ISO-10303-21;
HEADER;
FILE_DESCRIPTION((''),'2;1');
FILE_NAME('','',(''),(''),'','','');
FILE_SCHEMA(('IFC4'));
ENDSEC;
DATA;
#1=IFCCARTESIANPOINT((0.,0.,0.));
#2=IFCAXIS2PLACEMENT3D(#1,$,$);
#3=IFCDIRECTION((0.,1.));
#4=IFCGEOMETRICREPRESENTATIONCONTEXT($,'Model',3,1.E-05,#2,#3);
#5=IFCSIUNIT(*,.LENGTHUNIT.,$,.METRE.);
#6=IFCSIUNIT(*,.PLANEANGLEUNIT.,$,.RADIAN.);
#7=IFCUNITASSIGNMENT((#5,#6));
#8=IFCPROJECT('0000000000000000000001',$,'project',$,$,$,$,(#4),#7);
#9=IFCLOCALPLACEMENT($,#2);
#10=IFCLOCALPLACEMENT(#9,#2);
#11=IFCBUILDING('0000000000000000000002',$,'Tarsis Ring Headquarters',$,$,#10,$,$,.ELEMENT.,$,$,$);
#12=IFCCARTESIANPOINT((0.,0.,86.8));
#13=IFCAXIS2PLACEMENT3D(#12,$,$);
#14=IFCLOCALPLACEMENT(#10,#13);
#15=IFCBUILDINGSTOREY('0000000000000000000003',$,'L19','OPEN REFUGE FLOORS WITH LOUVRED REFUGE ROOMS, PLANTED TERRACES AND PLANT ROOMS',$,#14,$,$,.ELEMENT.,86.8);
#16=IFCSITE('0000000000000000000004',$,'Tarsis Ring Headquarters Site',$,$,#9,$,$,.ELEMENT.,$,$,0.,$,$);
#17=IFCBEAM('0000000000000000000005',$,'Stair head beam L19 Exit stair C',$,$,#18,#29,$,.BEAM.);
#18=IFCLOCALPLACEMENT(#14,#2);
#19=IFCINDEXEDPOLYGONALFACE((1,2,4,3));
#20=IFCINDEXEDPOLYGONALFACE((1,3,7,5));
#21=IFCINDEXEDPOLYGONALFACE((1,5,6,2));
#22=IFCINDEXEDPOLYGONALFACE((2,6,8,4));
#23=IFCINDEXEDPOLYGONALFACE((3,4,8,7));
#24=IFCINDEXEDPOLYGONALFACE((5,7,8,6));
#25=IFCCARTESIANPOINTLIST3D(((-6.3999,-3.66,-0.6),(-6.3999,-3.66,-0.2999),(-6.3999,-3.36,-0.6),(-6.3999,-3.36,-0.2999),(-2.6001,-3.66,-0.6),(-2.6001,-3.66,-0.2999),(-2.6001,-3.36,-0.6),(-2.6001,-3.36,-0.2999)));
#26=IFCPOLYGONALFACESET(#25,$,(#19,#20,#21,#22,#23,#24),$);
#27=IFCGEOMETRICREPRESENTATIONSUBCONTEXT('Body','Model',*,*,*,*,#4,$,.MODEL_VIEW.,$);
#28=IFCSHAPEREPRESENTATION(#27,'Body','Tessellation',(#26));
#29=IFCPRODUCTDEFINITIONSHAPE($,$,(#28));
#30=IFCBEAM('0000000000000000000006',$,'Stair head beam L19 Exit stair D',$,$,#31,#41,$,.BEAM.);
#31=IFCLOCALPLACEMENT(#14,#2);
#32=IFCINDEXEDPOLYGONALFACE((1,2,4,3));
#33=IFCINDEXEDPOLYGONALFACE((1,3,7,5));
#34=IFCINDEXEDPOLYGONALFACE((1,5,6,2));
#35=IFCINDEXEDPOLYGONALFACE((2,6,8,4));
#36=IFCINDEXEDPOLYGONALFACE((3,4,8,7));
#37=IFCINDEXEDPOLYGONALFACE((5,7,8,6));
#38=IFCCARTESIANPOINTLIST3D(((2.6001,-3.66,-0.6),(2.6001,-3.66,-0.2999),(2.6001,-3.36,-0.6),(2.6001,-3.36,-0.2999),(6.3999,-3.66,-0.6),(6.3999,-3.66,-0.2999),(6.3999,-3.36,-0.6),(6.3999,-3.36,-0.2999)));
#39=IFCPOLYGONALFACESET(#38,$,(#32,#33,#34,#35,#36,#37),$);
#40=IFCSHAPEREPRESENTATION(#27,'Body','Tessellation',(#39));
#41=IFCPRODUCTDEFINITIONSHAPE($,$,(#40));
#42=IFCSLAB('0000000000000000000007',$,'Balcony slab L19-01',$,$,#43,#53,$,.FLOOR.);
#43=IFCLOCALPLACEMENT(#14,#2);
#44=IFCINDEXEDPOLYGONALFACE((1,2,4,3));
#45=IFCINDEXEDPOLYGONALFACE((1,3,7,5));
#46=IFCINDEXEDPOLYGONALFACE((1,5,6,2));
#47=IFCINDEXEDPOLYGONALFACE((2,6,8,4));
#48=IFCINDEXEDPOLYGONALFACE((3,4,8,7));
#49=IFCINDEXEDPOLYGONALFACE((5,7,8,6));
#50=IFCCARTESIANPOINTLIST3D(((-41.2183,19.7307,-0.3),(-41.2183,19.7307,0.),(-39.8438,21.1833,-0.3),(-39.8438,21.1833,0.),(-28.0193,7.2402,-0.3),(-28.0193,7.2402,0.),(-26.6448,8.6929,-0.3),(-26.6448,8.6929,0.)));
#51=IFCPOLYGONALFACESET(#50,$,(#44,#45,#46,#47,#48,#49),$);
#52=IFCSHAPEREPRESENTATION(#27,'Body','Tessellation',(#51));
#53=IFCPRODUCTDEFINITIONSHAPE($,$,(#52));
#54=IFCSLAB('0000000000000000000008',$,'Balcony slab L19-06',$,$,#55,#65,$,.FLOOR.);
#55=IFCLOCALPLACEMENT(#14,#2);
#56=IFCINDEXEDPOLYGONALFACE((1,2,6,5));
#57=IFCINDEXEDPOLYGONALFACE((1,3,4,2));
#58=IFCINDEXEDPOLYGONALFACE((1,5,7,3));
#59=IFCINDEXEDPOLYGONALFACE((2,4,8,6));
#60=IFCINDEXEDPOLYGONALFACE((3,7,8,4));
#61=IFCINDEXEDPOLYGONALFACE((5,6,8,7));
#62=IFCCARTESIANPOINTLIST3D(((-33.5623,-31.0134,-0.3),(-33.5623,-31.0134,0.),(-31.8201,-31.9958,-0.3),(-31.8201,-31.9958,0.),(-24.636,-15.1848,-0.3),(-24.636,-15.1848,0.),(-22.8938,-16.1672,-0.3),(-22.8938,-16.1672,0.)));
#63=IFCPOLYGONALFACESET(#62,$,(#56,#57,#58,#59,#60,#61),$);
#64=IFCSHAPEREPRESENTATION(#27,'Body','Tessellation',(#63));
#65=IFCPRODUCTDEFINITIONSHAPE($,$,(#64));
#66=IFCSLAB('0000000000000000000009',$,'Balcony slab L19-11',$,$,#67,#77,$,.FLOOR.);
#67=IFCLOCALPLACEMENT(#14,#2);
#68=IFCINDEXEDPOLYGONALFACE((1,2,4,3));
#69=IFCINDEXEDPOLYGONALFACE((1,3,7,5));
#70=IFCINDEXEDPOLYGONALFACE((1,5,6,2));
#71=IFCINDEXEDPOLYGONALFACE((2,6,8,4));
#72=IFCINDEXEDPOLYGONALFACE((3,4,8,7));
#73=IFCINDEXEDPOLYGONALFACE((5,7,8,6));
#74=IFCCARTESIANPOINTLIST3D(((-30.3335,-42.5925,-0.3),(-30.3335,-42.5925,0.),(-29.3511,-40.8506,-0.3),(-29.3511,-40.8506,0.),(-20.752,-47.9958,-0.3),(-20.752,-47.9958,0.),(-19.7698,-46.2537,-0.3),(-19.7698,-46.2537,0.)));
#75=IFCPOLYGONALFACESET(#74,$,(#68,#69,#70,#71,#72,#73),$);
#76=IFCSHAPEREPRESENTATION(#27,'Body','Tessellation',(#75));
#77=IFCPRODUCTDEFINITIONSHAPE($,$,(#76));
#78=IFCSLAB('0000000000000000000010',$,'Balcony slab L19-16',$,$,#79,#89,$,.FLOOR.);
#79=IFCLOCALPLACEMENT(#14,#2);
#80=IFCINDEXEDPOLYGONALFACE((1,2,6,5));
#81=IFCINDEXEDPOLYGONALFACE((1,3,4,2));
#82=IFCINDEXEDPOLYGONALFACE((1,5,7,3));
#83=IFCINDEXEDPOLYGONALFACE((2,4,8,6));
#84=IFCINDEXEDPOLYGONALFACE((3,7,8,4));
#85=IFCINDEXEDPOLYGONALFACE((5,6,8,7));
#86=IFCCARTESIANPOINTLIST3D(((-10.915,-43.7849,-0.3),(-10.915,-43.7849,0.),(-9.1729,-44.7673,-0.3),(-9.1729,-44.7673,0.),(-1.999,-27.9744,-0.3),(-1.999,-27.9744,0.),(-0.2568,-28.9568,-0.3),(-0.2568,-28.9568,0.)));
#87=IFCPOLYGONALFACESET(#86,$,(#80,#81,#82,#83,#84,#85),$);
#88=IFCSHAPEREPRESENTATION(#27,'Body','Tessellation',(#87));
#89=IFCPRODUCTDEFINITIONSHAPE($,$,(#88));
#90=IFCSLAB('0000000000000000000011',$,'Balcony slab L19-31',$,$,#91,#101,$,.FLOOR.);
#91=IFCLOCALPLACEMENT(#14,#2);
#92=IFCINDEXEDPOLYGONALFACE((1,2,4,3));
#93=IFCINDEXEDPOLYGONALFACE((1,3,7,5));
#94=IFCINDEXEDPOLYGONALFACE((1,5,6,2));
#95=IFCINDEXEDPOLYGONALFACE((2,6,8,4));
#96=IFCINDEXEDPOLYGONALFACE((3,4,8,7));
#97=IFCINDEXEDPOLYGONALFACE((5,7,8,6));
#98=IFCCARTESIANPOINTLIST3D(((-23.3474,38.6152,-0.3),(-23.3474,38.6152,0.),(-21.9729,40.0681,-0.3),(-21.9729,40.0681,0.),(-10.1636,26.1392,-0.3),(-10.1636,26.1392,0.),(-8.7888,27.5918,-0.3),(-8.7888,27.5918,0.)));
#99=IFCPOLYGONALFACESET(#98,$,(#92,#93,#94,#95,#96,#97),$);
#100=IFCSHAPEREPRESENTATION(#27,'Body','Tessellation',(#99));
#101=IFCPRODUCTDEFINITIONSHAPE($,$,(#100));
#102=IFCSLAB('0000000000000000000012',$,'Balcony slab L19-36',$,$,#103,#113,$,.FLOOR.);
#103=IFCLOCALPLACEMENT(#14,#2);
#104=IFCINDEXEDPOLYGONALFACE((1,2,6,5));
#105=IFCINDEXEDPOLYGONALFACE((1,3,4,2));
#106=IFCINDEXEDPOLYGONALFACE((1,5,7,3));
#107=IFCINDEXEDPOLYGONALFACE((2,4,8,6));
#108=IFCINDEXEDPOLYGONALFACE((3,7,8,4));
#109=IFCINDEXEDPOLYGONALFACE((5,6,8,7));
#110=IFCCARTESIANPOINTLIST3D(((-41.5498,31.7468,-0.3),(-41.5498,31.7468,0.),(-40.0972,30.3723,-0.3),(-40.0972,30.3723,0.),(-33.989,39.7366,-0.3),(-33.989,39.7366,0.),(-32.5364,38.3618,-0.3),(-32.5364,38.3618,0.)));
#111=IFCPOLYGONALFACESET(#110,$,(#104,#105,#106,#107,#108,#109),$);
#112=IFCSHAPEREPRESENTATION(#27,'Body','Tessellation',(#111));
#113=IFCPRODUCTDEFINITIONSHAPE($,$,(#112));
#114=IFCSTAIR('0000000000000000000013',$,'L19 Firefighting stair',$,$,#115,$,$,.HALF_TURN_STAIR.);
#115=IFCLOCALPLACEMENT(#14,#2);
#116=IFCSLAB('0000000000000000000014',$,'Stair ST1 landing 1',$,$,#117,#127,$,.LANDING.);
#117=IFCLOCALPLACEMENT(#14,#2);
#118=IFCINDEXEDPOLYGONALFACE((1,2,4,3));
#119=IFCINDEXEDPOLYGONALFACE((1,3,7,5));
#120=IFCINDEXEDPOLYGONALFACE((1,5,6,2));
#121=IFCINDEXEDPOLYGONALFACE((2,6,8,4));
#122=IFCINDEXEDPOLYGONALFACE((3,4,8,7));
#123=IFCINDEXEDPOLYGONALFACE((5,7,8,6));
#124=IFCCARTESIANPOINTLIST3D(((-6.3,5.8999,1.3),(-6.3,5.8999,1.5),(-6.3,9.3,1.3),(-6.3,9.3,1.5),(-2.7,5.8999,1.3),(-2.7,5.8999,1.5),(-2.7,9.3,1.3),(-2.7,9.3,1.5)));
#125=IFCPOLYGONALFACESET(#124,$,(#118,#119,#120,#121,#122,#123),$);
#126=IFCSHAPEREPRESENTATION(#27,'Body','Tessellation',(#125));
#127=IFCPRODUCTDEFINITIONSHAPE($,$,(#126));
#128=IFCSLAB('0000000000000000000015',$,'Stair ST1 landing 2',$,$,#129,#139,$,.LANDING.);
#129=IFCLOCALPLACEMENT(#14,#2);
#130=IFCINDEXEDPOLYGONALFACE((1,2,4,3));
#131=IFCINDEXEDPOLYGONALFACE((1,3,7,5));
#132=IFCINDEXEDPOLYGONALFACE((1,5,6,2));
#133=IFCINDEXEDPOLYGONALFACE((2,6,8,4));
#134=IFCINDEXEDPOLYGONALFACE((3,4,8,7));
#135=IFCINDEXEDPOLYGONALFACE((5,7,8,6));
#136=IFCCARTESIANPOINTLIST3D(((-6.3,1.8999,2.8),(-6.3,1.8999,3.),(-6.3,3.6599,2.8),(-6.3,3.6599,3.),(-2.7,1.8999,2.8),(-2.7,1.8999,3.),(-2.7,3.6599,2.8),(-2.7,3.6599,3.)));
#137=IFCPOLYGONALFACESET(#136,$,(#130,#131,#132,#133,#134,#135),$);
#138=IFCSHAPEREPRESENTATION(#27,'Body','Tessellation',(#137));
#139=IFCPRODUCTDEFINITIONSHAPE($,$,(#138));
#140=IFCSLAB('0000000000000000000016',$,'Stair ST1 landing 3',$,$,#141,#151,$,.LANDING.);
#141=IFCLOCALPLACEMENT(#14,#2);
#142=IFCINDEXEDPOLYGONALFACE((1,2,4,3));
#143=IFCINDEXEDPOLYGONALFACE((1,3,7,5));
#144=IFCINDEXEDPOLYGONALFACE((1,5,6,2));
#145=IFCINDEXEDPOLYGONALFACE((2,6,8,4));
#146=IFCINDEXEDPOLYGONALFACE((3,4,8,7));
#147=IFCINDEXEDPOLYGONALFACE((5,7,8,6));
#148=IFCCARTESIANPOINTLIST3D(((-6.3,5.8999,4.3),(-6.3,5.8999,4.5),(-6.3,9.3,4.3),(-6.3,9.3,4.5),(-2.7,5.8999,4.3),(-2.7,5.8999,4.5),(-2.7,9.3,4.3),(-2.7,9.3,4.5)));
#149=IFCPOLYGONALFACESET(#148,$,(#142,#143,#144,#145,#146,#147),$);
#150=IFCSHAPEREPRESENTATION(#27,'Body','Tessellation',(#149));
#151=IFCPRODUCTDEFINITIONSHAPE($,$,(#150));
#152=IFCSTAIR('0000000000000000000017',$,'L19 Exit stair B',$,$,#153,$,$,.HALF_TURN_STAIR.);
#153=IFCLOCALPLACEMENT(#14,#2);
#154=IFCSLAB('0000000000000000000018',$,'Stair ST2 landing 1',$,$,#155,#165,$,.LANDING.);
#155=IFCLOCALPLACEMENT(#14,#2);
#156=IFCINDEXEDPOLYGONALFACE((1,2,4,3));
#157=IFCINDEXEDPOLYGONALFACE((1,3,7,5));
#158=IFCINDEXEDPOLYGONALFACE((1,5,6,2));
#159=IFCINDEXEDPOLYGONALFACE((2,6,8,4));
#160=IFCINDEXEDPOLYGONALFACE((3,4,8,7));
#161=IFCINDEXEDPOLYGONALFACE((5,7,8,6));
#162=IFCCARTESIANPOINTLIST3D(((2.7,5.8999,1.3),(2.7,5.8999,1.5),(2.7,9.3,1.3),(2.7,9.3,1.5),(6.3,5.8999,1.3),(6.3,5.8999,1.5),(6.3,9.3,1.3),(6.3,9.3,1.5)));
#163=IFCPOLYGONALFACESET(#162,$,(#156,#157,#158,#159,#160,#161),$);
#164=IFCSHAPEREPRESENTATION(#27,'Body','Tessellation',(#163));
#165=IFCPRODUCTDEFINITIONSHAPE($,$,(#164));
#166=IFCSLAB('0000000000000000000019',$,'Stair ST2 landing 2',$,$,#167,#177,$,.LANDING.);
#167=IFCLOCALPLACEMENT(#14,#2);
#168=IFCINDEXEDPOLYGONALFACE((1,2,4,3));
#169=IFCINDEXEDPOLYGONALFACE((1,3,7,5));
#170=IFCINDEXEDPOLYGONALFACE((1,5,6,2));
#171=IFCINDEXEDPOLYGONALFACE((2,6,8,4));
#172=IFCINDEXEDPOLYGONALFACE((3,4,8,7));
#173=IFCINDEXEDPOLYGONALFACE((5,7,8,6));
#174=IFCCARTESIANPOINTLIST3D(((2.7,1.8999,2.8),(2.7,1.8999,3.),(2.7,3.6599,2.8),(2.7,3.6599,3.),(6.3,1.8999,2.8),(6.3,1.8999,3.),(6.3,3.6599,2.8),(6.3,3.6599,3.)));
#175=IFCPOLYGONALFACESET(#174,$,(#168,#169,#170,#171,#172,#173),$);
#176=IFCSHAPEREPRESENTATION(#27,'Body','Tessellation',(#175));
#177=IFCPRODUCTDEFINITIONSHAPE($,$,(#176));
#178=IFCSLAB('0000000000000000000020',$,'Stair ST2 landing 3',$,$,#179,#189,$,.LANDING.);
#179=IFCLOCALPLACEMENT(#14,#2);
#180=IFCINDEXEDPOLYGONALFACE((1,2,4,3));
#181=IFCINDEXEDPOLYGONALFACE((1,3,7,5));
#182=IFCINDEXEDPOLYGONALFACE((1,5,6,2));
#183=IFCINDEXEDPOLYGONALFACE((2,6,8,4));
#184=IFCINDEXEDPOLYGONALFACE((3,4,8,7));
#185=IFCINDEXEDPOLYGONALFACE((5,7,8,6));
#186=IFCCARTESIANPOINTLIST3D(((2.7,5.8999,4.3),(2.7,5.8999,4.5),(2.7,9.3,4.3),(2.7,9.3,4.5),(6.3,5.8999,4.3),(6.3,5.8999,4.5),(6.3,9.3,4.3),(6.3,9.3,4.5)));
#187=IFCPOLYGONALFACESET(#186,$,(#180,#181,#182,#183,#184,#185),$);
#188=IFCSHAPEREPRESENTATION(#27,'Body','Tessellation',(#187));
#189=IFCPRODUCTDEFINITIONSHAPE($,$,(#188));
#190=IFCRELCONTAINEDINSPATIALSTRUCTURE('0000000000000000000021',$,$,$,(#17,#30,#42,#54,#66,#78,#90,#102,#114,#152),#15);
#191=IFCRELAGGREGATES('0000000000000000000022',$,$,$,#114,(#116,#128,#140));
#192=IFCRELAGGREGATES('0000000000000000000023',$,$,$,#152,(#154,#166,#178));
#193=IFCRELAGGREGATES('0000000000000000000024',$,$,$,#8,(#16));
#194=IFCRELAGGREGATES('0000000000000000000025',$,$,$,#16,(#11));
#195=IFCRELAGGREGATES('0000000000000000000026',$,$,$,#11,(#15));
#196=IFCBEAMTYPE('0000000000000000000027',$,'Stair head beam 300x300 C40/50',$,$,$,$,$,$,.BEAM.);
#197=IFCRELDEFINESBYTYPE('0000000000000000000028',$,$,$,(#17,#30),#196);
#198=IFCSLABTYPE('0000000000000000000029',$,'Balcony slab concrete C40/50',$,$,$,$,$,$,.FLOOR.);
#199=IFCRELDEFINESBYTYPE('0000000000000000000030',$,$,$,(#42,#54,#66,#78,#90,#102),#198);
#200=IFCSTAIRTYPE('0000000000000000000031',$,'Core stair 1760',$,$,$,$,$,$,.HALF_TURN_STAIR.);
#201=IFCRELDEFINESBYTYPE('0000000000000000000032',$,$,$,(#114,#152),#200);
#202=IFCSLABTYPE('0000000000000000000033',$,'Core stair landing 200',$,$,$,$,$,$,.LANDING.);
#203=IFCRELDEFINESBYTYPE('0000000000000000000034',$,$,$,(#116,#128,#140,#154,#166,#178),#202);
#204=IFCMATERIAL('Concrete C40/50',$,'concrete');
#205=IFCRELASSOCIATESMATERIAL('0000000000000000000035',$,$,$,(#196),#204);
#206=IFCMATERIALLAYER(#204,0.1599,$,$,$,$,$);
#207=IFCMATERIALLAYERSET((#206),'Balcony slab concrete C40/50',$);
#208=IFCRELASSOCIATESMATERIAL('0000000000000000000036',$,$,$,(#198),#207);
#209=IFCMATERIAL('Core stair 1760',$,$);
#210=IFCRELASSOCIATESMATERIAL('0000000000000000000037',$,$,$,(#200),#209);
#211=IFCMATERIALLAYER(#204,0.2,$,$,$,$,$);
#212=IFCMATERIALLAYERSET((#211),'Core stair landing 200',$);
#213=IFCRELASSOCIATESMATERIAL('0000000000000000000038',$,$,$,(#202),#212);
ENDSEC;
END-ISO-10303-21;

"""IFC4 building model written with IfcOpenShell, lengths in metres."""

from ifc_helpers import new_model, si_unit, direction, frame, origin, origin_2d, place, context, subcontext, project, spatial, polyline, rectangle, outline, extrude, material, layer, layer_set, material_profile, profile_set, type_object, element, aggregate, save


model = new_model("IFC4")

# Units and contexts
model_context = context("Model", 3, precision=1e-05, world=origin(), true_north=direction((0.0, 1.0)))
body_context = subcontext(model_context, "Body", "Model", "MODEL_VIEW")
ifc_project = project(units=[si_unit("LENGTHUNIT", "METRE"), si_unit("PLANEANGLEUNIT", "RADIAN")], contexts=[model_context])

# Site, building, storey
site_placement = place(None, origin())
site = spatial("IfcSite", under=ifc_project, at=site_placement, Name="Tarsis Ring Headquarters Site", CompositionType="ELEMENT", RefElevation=0.0)
building_placement = place(site_placement, origin())
building = spatial("IfcBuilding", under=site, at=building_placement, Name="Tarsis Ring Headquarters", CompositionType="ELEMENT")
storey_placement = place(building_placement, frame((0.0, 0.0, 86.8)))
storey = spatial("IfcBuildingStorey", under=building, at=storey_placement, Name="L19", Description="OPEN REFUGE FLOORS WITH LOUVRED REFUGE ROOMS, PLANTED TERRACES AND PLANT ROOMS", CompositionType="ELEMENT", Elevation=86.8)

# Beams
ifc_material_1 = material(Name="Concrete C40/50", Category="concrete")
ifc_material_profile = material_profile(ifc_material_1, rectangle(XDim=0.3, YDim=0.3, at=origin_2d()), Name="Stair head beam 300x300 C40/50")
ifc_profile_set = profile_set([ifc_material_profile], Name="Concrete C40/50")
beam_type = type_object("IfcBeamType", Name="Stair head beam 300x300 C40/50", PredefinedType="BEAM", material=ifc_profile_set)
for number, where, z_axis, x_axis, name in (
    (1, (-6.3999, -3.51, -0.45), (1.0, 0.0, 0.0), (0.0, 1.0, 0.0), "Stair head beam L19 Exit stair C"),
    (2, (2.6001, -3.51, -0.45), (1.0, 0.0, 0.0), (0.0, 1.0, 0.0), "Stair head beam L19 Exit stair D"),
):
    element("IfcBeam", number, at=place(storey_placement, frame(where, z_axis=z_axis, x_axis=x_axis)), inside=storey, type_object=beam_type, Name=name, PredefinedType="BEAM", context=body_context, shape_type="SweptSolid", body=[
        extrude(rectangle(XDim=0.3, YDim=0.3, at=origin_2d()), origin(), (0.0, 0.0, 1.0), 3.7998),
    ])

# Slabs
ifc_layer_1 = layer(ifc_material_1, 0.1599)
ifc_layer_set_1 = layer_set([ifc_layer_1], Name="Balcony slab concrete C40/50")
slab_type_1 = type_object("IfcSlabType", Name="Balcony slab concrete C40/50", PredefinedType="FLOOR", material=ifc_layer_set_1)
slab_1_placement = place(storey_placement, frame((0.0, 0.0, -0.3)))
element("IfcSlab", 3, at=slab_1_placement, inside=storey, type_object=slab_type_1, Name="Balcony slab L19-01", PredefinedType="FLOOR", context=body_context, shape_type="SweptSolid", body=[
    extrude(outline(polyline([(-39.8438, 21.1833), (-41.2183, 19.7307), (-28.0193, 7.2402), (-26.6448, 8.6929), (-39.8438, 21.1833)])), origin(), (0.0, 0.0, 1.0), 0.3),
])
slab_2_placement = place(storey_placement, frame((0.0, 0.0, -0.3)))
element("IfcSlab", 4, at=slab_2_placement, inside=storey, type_object=slab_type_1, Name="Balcony slab L19-06", PredefinedType="FLOOR", context=body_context, shape_type="SweptSolid", body=[
    extrude(outline(polyline([(-22.8938, -16.1672), (-24.636, -15.1848), (-33.5623, -31.0134), (-31.8201, -31.9958), (-22.8938, -16.1672)])), origin(), (0.0, 0.0, 1.0), 0.3),
])
slab_3_placement = place(storey_placement, frame((0.0, 0.0, -0.3)))
element("IfcSlab", 5, at=slab_3_placement, inside=storey, type_object=slab_type_1, Name="Balcony slab L19-11", PredefinedType="FLOOR", context=body_context, shape_type="SweptSolid", body=[
    extrude(outline(polyline([(-29.3511, -40.8506), (-30.3335, -42.5925), (-20.752, -47.9958), (-19.7698, -46.2537), (-29.3511, -40.8506)])), origin(), (0.0, 0.0, 1.0), 0.3),
])
slab_4_placement = place(storey_placement, frame((0.0, 0.0, -0.3)))
element("IfcSlab", 6, at=slab_4_placement, inside=storey, type_object=slab_type_1, Name="Balcony slab L19-16", PredefinedType="FLOOR", context=body_context, shape_type="SweptSolid", body=[
    extrude(outline(polyline([(-10.915, -43.7849), (-9.1729, -44.7673), (-0.2568, -28.9568), (-1.999, -27.9744), (-10.915, -43.7849)])), origin(), (0.0, 0.0, 1.0), 0.3),
])
slab_5_placement = place(storey_placement, frame((0.0, 0.0, -0.3)))
element("IfcSlab", 7, at=slab_5_placement, inside=storey, type_object=slab_type_1, Name="Balcony slab L19-31", PredefinedType="FLOOR", context=body_context, shape_type="SweptSolid", body=[
    extrude(outline(polyline([(-10.1636, 26.1392), (-8.7888, 27.5918), (-21.9729, 40.0681), (-23.3474, 38.6152), (-10.1636, 26.1392)])), origin(), (0.0, 0.0, 1.0), 0.3),
])
slab_6_placement = place(storey_placement, frame((0.0, 0.0, -0.3)))
element("IfcSlab", 8, at=slab_6_placement, inside=storey, type_object=slab_type_1, Name="Balcony slab L19-36", PredefinedType="FLOOR", context=body_context, shape_type="SweptSolid", body=[
    extrude(outline(polyline([(-32.5364, 38.3618), (-33.989, 39.7366), (-41.5498, 31.7468), (-40.0972, 30.3723), (-32.5364, 38.3618)])), origin(), (0.0, 0.0, 1.0), 0.3),
])

# Stairs, slabs
ifc_material_2 = material(Name="Core stair 1760")
stair_type = type_object("IfcStairType", Name="Core stair 1760", PredefinedType="HALF_TURN_STAIR", material=ifc_material_2)
stair_1_placement = place(storey_placement, origin())
stair_1 = element("IfcStair", 9, at=stair_1_placement, inside=storey, type_object=stair_type, Name="L19 Firefighting stair", PredefinedType="HALF_TURN_STAIR")
ifc_layer_2 = layer(ifc_material_1, 0.2)
ifc_layer_set_2 = layer_set([ifc_layer_2], Name="Core stair landing 200")
slab_type_2 = type_object("IfcSlabType", Name="Core stair landing 200", PredefinedType="LANDING", material=ifc_layer_set_2)
slab_7_placement = place(storey_placement, frame((0.0, 0.0, 1.3)))
slab_7 = element("IfcSlab", 10, at=slab_7_placement, type_object=slab_type_2, Name="Stair ST1 landing 1", PredefinedType="LANDING", context=body_context, shape_type="SweptSolid", body=[
    extrude(outline(polyline([(-2.7, 5.8999), (-2.7, 9.3), (-6.3, 9.3), (-6.3, 5.8999), (-2.7, 5.8999)])), origin(), (0.0, 0.0, 1.0), 0.2),
])
slab_8_placement = place(storey_placement, frame((0.0, 0.0, 2.8)))
slab_8 = element("IfcSlab", 11, at=slab_8_placement, type_object=slab_type_2, Name="Stair ST1 landing 2", PredefinedType="LANDING", context=body_context, shape_type="SweptSolid", body=[
    extrude(outline(polyline([(-2.7, 1.8999), (-2.7, 3.6599), (-6.3, 3.6599), (-6.3, 1.8999), (-2.7, 1.8999)])), origin(), (0.0, 0.0, 1.0), 0.2),
])
slab_9_placement = place(storey_placement, frame((0.0, 0.0, 4.3)))
slab_9 = element("IfcSlab", 12, at=slab_9_placement, type_object=slab_type_2, Name="Stair ST1 landing 3", PredefinedType="LANDING", context=body_context, shape_type="SweptSolid", body=[
    extrude(outline(polyline([(-2.7, 5.8999), (-2.7, 9.3), (-6.3, 9.3), (-6.3, 5.8999), (-2.7, 5.8999)])), origin(), (0.0, 0.0, 1.0), 0.2),
])
aggregate(stair_1, [slab_7, slab_8, slab_9])
stair_2_placement = place(storey_placement, origin())
stair_2 = element("IfcStair", 13, at=stair_2_placement, inside=storey, type_object=stair_type, Name="L19 Exit stair B", PredefinedType="HALF_TURN_STAIR")
slab_10_placement = place(storey_placement, frame((0.0, 0.0, 1.3)))
slab_10 = element("IfcSlab", 14, at=slab_10_placement, type_object=slab_type_2, Name="Stair ST2 landing 1", PredefinedType="LANDING", context=body_context, shape_type="SweptSolid", body=[
    extrude(outline(polyline([(6.3, 5.8999), (6.3, 9.3), (2.7, 9.3), (2.7, 5.8999), (6.3, 5.8999)])), origin(), (0.0, 0.0, 1.0), 0.2),
])
slab_11_placement = place(storey_placement, frame((0.0, 0.0, 2.8)))
slab_11 = element("IfcSlab", 15, at=slab_11_placement, type_object=slab_type_2, Name="Stair ST2 landing 2", PredefinedType="LANDING", context=body_context, shape_type="SweptSolid", body=[
    extrude(outline(polyline([(6.3, 1.8999), (6.3, 3.6599), (2.7, 3.6599), (2.7, 1.8999), (6.3, 1.8999)])), origin(), (0.0, 0.0, 1.0), 0.2),
])
slab_12_placement = place(storey_placement, frame((0.0, 0.0, 4.3)))
slab_12 = element("IfcSlab", 16, at=slab_12_placement, type_object=slab_type_2, Name="Stair ST2 landing 3", PredefinedType="LANDING", context=body_context, shape_type="SweptSolid", body=[
    extrude(outline(polyline([(6.3, 5.8999), (6.3, 9.3), (2.7, 9.3), (2.7, 5.8999), (6.3, 5.8999)])), origin(), (0.0, 0.0, 1.0), 0.2),
])
aggregate(stair_2, [slab_10, slab_11, slab_12])

save(model, "model.ifc")
